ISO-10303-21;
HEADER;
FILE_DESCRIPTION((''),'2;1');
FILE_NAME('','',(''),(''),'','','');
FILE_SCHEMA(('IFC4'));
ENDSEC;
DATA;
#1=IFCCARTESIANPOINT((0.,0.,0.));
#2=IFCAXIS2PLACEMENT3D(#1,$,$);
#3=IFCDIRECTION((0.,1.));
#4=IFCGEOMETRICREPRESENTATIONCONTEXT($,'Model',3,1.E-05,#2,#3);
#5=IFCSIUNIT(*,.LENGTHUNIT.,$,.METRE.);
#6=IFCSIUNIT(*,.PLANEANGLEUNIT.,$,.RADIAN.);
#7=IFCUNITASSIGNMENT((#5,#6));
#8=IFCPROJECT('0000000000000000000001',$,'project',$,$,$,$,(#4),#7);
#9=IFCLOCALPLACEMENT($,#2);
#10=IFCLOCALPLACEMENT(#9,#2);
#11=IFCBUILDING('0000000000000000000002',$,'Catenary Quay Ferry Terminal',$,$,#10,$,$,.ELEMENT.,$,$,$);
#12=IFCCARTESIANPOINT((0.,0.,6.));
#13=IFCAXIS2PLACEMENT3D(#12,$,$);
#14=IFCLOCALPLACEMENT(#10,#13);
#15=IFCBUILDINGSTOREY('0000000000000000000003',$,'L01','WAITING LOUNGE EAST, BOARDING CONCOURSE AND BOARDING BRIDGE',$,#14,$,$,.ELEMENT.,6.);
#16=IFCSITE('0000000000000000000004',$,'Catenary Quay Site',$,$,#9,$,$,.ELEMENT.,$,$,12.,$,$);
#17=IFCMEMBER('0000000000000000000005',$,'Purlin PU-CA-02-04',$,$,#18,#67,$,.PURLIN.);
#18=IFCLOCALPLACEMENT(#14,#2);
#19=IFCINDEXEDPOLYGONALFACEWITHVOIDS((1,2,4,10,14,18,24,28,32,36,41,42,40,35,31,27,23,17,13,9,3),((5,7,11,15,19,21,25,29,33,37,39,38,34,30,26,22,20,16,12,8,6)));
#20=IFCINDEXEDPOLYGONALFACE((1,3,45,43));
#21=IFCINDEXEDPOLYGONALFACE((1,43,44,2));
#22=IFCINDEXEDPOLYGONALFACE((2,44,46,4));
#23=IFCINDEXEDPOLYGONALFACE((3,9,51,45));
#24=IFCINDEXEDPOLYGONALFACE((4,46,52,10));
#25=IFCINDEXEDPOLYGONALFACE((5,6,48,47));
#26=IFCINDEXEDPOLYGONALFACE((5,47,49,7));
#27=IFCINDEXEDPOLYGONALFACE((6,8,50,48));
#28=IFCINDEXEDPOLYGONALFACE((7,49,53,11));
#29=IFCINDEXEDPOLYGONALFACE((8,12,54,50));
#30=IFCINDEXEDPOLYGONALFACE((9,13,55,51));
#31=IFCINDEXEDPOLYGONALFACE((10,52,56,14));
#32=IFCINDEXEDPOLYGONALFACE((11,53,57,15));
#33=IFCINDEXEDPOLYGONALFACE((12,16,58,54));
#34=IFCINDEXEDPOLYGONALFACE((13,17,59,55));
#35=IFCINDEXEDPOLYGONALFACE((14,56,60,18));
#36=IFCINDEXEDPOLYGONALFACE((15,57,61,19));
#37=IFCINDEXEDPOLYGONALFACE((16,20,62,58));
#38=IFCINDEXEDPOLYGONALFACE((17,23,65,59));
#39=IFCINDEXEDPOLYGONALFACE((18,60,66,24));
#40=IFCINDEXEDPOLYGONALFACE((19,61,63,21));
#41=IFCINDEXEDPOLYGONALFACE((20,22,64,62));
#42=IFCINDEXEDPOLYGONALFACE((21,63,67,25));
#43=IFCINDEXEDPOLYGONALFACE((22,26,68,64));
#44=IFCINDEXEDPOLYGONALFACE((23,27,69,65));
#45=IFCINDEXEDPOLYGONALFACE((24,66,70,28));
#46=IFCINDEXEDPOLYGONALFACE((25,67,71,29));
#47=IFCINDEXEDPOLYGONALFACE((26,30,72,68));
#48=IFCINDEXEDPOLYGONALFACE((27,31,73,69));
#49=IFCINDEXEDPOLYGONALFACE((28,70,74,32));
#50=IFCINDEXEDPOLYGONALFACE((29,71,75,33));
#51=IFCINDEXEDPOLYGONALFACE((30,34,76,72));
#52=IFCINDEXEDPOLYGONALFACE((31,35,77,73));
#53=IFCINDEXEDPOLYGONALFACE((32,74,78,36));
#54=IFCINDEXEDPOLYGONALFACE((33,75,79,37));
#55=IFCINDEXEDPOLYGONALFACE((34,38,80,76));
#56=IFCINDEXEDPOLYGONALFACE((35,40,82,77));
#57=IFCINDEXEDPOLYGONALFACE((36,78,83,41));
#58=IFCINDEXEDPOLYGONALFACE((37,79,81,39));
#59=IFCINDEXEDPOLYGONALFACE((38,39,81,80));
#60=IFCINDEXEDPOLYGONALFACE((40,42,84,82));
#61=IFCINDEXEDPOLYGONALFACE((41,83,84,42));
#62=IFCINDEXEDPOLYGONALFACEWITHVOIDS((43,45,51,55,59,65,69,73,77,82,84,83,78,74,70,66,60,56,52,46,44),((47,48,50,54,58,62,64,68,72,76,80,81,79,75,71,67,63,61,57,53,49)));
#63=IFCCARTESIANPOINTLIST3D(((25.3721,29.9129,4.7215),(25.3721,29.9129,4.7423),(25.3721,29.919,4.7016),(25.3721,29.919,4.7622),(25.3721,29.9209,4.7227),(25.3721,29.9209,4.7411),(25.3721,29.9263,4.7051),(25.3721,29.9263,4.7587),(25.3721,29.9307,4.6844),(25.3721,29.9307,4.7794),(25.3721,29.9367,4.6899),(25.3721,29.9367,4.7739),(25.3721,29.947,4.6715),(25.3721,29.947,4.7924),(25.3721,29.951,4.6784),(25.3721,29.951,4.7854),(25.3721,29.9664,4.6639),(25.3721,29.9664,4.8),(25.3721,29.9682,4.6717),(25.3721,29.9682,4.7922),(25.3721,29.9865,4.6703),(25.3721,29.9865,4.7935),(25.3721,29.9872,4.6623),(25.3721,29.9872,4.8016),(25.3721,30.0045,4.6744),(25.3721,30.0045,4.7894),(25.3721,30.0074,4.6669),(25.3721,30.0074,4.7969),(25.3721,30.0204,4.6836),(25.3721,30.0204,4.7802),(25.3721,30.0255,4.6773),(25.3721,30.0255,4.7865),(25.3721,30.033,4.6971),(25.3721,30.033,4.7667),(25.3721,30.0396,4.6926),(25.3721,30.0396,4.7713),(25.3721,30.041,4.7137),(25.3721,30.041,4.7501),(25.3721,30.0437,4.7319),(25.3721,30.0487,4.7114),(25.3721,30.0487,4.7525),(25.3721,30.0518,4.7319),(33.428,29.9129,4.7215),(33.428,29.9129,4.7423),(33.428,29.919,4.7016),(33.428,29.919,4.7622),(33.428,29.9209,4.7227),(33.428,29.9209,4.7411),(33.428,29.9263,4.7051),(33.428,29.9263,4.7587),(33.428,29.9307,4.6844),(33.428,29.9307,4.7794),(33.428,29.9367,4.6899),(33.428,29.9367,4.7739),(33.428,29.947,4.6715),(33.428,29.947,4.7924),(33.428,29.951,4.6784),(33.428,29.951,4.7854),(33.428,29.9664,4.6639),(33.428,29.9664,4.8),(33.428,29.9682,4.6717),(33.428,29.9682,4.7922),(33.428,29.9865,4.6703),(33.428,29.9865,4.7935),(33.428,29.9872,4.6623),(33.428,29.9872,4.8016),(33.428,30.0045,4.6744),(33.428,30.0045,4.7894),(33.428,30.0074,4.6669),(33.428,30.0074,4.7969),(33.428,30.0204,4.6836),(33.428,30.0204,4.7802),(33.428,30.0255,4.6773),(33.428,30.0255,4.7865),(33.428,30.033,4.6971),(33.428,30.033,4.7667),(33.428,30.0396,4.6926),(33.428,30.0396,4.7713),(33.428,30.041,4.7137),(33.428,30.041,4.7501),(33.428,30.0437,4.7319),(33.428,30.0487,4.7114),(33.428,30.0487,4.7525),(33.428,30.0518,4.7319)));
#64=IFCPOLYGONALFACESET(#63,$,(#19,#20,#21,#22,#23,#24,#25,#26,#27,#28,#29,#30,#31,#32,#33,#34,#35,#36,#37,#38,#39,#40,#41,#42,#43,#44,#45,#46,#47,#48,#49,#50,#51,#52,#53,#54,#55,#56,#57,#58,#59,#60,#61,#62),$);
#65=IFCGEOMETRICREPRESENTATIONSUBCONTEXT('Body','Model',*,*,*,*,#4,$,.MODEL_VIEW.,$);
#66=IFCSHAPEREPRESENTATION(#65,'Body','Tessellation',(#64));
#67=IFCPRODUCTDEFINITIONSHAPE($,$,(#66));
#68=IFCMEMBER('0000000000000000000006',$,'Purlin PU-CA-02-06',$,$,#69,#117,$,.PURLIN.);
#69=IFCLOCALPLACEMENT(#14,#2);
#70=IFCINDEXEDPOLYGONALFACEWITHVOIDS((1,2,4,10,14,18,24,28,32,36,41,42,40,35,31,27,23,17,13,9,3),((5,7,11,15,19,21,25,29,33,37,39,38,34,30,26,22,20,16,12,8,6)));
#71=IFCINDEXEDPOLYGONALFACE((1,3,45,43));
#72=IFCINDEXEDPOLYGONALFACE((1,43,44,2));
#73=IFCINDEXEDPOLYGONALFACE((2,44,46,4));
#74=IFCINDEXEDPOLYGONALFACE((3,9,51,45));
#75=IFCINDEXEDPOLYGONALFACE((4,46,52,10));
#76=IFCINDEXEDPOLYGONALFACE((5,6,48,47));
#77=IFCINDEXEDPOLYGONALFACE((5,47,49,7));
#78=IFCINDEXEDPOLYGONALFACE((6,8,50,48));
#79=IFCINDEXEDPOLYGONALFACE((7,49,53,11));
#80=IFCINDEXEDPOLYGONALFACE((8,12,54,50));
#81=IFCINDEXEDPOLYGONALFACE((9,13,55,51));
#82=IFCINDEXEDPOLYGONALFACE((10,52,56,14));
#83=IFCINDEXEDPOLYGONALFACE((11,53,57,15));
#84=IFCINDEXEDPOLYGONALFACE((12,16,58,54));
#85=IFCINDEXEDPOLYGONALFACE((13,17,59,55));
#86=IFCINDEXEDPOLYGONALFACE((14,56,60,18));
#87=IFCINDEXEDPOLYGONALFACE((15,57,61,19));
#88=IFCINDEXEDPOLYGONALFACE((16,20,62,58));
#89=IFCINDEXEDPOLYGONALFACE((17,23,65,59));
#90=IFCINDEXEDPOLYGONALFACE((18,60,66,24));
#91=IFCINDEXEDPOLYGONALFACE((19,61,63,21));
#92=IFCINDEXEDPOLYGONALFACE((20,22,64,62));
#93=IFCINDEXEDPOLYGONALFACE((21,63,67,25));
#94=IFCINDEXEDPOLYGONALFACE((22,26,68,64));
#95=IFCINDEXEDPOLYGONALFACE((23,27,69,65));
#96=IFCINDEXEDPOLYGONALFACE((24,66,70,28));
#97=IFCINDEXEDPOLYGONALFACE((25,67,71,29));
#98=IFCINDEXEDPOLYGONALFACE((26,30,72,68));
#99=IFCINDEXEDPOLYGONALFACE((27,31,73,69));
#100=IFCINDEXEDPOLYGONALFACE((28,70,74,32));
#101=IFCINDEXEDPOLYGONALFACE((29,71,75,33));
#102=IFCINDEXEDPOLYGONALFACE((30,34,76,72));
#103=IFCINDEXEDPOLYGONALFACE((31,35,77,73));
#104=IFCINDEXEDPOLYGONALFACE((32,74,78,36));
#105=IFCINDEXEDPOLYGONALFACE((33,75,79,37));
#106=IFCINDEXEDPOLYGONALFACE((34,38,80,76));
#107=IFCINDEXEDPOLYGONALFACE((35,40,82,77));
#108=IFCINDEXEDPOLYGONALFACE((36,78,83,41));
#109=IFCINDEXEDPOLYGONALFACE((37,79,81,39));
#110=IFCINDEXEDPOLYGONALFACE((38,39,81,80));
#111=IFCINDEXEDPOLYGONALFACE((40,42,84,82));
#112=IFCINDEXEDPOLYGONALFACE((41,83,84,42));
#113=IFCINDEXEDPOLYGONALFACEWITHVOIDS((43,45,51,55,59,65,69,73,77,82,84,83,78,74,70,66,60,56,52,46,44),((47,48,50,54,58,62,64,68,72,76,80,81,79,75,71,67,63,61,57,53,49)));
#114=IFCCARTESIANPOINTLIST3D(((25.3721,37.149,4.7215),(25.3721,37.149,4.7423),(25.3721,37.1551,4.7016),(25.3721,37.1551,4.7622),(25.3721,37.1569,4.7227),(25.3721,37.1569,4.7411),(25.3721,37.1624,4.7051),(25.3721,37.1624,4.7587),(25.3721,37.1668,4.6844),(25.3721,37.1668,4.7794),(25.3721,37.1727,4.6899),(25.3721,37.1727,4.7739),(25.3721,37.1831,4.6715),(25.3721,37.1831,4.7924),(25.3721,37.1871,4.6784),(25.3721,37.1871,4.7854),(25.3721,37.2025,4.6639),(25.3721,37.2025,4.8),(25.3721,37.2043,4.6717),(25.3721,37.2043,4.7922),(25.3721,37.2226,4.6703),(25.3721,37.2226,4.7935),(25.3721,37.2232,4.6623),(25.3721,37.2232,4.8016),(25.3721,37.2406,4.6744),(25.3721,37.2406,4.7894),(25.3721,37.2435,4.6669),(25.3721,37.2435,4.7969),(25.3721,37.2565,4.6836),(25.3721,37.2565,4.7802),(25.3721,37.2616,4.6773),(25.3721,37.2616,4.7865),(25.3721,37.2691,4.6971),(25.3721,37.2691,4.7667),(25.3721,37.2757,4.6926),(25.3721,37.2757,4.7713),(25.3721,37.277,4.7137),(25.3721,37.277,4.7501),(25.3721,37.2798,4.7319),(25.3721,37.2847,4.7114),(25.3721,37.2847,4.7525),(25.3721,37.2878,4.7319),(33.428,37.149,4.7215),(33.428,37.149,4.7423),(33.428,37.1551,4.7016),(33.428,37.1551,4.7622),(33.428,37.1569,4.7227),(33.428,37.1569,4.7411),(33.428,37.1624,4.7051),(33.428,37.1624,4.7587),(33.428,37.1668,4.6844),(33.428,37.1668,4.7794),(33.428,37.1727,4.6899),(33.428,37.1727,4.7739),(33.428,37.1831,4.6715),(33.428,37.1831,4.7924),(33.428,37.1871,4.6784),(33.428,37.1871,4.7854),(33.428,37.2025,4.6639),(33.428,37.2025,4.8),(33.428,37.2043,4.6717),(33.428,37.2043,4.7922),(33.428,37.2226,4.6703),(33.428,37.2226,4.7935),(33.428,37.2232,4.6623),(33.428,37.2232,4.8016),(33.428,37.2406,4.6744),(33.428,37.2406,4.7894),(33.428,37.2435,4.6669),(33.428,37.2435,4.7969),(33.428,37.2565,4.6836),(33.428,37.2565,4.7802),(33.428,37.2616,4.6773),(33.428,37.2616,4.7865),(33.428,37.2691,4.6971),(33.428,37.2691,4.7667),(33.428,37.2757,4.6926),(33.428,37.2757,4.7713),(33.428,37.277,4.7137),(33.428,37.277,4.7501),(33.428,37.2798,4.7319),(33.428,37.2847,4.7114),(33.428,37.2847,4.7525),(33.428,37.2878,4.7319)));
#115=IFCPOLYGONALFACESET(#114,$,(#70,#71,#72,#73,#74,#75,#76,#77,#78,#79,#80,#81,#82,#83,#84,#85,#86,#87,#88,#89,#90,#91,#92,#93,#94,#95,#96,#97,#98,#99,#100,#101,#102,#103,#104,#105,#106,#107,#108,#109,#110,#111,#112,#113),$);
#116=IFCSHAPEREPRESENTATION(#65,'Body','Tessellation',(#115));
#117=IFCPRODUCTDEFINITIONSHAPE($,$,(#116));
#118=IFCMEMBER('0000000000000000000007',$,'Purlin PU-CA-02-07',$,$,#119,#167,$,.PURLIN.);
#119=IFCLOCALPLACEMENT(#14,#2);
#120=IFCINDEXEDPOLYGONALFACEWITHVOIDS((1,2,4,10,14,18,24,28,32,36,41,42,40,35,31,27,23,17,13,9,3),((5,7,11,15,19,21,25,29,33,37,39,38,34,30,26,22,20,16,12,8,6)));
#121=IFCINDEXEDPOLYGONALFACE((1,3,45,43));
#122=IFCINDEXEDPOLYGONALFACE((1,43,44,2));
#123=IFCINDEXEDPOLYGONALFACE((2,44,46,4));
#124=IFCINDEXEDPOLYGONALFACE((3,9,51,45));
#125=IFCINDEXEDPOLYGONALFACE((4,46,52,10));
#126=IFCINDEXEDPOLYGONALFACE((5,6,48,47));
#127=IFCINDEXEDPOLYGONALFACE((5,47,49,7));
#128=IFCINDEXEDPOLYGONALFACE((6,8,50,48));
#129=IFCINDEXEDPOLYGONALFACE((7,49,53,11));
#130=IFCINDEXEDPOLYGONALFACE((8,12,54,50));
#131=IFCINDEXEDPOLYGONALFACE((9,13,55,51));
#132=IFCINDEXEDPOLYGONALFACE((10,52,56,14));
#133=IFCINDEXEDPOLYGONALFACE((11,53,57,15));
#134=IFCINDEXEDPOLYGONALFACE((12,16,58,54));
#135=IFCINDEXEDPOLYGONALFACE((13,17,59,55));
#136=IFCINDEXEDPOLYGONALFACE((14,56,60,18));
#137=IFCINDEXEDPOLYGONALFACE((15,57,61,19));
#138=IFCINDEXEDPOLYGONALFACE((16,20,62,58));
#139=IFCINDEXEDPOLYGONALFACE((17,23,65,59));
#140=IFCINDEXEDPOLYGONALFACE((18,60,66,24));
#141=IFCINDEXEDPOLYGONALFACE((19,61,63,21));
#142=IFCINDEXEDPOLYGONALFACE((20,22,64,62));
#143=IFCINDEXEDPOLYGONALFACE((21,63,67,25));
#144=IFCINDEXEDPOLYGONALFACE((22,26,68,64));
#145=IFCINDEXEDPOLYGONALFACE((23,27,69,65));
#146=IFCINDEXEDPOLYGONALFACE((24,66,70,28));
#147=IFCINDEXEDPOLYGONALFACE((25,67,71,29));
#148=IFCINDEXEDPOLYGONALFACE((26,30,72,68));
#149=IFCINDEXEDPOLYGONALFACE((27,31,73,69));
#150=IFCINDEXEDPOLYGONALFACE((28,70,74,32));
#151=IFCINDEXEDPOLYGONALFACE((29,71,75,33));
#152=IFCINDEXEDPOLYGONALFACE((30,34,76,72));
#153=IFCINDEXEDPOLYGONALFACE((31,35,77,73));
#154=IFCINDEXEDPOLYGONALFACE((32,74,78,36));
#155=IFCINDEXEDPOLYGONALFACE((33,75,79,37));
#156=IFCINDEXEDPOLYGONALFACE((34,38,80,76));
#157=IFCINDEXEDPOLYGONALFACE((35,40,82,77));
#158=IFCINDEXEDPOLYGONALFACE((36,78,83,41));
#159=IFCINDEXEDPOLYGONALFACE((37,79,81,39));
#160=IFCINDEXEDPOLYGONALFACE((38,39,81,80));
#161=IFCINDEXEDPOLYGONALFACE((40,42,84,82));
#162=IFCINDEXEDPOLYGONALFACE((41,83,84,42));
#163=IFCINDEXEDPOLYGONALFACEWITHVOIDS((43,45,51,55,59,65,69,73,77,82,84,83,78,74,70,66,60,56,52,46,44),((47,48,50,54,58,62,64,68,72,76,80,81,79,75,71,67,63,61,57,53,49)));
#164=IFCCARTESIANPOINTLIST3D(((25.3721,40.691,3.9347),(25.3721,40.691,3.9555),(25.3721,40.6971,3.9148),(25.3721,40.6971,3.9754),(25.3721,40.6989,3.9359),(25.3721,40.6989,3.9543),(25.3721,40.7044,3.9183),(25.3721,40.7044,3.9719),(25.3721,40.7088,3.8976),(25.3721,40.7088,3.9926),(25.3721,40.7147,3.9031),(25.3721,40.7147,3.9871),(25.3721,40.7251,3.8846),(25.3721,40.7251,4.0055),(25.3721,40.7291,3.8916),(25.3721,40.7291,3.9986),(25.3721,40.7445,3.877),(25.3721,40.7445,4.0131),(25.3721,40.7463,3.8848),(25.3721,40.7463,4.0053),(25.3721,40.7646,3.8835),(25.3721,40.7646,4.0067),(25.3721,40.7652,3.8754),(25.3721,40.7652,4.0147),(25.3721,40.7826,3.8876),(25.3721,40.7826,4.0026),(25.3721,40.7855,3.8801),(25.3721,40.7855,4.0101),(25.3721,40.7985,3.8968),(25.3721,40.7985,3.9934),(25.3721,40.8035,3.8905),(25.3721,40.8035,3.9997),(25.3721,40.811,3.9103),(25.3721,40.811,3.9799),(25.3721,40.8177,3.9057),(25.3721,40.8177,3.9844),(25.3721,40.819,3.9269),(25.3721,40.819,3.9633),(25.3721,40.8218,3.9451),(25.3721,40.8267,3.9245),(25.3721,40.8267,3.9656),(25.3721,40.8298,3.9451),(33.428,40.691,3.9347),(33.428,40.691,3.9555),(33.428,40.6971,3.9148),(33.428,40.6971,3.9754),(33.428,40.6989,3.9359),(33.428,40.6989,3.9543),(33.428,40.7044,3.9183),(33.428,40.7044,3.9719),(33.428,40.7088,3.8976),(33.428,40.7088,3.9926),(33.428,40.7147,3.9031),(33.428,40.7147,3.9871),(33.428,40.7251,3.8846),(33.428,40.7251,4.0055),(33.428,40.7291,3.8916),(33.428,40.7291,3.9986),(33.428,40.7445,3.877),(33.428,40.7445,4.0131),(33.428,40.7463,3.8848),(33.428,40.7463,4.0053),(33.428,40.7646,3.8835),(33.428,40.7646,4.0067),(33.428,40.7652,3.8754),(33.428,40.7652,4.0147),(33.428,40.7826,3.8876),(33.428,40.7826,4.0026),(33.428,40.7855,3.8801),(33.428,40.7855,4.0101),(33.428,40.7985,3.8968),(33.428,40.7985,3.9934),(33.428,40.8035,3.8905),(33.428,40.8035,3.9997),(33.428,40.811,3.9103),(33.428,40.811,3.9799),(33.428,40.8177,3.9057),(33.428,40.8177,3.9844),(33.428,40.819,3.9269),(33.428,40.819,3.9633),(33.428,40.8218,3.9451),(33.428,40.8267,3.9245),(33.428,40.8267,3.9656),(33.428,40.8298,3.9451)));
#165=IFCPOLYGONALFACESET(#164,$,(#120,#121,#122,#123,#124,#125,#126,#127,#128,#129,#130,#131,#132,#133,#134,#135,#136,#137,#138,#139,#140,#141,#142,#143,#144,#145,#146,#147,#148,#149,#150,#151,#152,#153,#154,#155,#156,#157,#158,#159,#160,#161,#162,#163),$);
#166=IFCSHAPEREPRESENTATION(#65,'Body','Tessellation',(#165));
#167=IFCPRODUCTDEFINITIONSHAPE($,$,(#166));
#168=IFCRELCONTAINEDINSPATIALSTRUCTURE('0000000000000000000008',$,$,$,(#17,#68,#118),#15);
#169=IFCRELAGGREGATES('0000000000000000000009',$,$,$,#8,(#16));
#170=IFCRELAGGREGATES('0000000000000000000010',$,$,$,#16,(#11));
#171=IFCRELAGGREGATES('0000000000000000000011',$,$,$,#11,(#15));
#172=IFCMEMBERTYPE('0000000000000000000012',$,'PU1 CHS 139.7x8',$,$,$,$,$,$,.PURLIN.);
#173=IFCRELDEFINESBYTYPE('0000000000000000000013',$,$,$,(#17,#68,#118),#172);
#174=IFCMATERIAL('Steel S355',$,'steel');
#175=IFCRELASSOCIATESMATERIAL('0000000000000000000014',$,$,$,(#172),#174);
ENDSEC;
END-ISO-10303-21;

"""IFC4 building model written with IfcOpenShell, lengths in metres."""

from ifc_helpers import new_model, si_unit, direction, frame, origin, origin_2d, place, context, subcontext, project, spatial, hollow_circle, extrude, material, material_profile, profile_set, type_object, element, save


model = new_model("IFC4")

# Units and contexts
model_context = context("Model", 3, precision=1e-05, world=origin(), true_north=direction((0.0, 1.0)))
body_context = subcontext(model_context, "Body", "Model", "MODEL_VIEW")
ifc_project = project(units=[si_unit("LENGTHUNIT", "METRE"), si_unit("PLANEANGLEUNIT", "RADIAN")], contexts=[model_context])

# Site, building, storey
site_placement = place(None, origin())
site = spatial("IfcSite", under=ifc_project, at=site_placement, Name="Catenary Quay Site", CompositionType="ELEMENT", RefElevation=12.0)
building_placement = place(site_placement, origin())
building = spatial("IfcBuilding", under=site, at=building_placement, Name="Catenary Quay Ferry Terminal", CompositionType="ELEMENT")
storey_placement = place(building_placement, frame((0.0, 0.0, 6.0)))
storey = spatial("IfcBuildingStorey", under=building, at=storey_placement, Name="L01", Description="WAITING LOUNGE EAST, BOARDING CONCOURSE AND BOARDING BRIDGE", CompositionType="ELEMENT", Elevation=6.0)

# Members
ifc_material_1 = material(Name="Steel S355", Category="steel")
ifc_material_profile_1 = material_profile(ifc_material_1, hollow_circle(Radius=0.0698, WallThickness=0.0081, at=origin_2d()), Name="CHS 139.7x8")
ifc_profile_set_1 = profile_set([ifc_material_profile_1], Name="Steel S355")
member_type_1 = type_object("IfcMemberType", Name="PU1 CHS 139.7x8", PredefinedType="PURLIN", material=ifc_profile_set_1)
for number, where, z_axis, x_axis, name in (
    (1, (25.3721, 29.9819, 4.7319), (1.0, 0.0, 0.0), (0.0, 1.0, 0.0), "Purlin PU-CA-02-04"),
    (2, (25.3721, 37.218, 4.7319), (1.0, 0.0, 0.0), (0.0, 1.0, 0.0), "Purlin PU-CA-02-06"),
    (3, (25.3721, 40.76, 3.9451), (1.0, 0.0, 0.0), (0.0, 1.0, 0.0), "Purlin PU-CA-02-07"),
):
    element("IfcMember", number, at=place(storey_placement, frame(where, z_axis=z_axis, x_axis=x_axis)), inside=storey, type_object=member_type_1, Name=name, PredefinedType="PURLIN", context=body_context, shape_type="SweptSolid", body=[
        extrude(hollow_circle(Radius=0.0698, WallThickness=0.0081, at=origin_2d()), origin(), (0.0, 0.0, 1.0), 8.0559),
    ])

save(model, "model.ifc")
